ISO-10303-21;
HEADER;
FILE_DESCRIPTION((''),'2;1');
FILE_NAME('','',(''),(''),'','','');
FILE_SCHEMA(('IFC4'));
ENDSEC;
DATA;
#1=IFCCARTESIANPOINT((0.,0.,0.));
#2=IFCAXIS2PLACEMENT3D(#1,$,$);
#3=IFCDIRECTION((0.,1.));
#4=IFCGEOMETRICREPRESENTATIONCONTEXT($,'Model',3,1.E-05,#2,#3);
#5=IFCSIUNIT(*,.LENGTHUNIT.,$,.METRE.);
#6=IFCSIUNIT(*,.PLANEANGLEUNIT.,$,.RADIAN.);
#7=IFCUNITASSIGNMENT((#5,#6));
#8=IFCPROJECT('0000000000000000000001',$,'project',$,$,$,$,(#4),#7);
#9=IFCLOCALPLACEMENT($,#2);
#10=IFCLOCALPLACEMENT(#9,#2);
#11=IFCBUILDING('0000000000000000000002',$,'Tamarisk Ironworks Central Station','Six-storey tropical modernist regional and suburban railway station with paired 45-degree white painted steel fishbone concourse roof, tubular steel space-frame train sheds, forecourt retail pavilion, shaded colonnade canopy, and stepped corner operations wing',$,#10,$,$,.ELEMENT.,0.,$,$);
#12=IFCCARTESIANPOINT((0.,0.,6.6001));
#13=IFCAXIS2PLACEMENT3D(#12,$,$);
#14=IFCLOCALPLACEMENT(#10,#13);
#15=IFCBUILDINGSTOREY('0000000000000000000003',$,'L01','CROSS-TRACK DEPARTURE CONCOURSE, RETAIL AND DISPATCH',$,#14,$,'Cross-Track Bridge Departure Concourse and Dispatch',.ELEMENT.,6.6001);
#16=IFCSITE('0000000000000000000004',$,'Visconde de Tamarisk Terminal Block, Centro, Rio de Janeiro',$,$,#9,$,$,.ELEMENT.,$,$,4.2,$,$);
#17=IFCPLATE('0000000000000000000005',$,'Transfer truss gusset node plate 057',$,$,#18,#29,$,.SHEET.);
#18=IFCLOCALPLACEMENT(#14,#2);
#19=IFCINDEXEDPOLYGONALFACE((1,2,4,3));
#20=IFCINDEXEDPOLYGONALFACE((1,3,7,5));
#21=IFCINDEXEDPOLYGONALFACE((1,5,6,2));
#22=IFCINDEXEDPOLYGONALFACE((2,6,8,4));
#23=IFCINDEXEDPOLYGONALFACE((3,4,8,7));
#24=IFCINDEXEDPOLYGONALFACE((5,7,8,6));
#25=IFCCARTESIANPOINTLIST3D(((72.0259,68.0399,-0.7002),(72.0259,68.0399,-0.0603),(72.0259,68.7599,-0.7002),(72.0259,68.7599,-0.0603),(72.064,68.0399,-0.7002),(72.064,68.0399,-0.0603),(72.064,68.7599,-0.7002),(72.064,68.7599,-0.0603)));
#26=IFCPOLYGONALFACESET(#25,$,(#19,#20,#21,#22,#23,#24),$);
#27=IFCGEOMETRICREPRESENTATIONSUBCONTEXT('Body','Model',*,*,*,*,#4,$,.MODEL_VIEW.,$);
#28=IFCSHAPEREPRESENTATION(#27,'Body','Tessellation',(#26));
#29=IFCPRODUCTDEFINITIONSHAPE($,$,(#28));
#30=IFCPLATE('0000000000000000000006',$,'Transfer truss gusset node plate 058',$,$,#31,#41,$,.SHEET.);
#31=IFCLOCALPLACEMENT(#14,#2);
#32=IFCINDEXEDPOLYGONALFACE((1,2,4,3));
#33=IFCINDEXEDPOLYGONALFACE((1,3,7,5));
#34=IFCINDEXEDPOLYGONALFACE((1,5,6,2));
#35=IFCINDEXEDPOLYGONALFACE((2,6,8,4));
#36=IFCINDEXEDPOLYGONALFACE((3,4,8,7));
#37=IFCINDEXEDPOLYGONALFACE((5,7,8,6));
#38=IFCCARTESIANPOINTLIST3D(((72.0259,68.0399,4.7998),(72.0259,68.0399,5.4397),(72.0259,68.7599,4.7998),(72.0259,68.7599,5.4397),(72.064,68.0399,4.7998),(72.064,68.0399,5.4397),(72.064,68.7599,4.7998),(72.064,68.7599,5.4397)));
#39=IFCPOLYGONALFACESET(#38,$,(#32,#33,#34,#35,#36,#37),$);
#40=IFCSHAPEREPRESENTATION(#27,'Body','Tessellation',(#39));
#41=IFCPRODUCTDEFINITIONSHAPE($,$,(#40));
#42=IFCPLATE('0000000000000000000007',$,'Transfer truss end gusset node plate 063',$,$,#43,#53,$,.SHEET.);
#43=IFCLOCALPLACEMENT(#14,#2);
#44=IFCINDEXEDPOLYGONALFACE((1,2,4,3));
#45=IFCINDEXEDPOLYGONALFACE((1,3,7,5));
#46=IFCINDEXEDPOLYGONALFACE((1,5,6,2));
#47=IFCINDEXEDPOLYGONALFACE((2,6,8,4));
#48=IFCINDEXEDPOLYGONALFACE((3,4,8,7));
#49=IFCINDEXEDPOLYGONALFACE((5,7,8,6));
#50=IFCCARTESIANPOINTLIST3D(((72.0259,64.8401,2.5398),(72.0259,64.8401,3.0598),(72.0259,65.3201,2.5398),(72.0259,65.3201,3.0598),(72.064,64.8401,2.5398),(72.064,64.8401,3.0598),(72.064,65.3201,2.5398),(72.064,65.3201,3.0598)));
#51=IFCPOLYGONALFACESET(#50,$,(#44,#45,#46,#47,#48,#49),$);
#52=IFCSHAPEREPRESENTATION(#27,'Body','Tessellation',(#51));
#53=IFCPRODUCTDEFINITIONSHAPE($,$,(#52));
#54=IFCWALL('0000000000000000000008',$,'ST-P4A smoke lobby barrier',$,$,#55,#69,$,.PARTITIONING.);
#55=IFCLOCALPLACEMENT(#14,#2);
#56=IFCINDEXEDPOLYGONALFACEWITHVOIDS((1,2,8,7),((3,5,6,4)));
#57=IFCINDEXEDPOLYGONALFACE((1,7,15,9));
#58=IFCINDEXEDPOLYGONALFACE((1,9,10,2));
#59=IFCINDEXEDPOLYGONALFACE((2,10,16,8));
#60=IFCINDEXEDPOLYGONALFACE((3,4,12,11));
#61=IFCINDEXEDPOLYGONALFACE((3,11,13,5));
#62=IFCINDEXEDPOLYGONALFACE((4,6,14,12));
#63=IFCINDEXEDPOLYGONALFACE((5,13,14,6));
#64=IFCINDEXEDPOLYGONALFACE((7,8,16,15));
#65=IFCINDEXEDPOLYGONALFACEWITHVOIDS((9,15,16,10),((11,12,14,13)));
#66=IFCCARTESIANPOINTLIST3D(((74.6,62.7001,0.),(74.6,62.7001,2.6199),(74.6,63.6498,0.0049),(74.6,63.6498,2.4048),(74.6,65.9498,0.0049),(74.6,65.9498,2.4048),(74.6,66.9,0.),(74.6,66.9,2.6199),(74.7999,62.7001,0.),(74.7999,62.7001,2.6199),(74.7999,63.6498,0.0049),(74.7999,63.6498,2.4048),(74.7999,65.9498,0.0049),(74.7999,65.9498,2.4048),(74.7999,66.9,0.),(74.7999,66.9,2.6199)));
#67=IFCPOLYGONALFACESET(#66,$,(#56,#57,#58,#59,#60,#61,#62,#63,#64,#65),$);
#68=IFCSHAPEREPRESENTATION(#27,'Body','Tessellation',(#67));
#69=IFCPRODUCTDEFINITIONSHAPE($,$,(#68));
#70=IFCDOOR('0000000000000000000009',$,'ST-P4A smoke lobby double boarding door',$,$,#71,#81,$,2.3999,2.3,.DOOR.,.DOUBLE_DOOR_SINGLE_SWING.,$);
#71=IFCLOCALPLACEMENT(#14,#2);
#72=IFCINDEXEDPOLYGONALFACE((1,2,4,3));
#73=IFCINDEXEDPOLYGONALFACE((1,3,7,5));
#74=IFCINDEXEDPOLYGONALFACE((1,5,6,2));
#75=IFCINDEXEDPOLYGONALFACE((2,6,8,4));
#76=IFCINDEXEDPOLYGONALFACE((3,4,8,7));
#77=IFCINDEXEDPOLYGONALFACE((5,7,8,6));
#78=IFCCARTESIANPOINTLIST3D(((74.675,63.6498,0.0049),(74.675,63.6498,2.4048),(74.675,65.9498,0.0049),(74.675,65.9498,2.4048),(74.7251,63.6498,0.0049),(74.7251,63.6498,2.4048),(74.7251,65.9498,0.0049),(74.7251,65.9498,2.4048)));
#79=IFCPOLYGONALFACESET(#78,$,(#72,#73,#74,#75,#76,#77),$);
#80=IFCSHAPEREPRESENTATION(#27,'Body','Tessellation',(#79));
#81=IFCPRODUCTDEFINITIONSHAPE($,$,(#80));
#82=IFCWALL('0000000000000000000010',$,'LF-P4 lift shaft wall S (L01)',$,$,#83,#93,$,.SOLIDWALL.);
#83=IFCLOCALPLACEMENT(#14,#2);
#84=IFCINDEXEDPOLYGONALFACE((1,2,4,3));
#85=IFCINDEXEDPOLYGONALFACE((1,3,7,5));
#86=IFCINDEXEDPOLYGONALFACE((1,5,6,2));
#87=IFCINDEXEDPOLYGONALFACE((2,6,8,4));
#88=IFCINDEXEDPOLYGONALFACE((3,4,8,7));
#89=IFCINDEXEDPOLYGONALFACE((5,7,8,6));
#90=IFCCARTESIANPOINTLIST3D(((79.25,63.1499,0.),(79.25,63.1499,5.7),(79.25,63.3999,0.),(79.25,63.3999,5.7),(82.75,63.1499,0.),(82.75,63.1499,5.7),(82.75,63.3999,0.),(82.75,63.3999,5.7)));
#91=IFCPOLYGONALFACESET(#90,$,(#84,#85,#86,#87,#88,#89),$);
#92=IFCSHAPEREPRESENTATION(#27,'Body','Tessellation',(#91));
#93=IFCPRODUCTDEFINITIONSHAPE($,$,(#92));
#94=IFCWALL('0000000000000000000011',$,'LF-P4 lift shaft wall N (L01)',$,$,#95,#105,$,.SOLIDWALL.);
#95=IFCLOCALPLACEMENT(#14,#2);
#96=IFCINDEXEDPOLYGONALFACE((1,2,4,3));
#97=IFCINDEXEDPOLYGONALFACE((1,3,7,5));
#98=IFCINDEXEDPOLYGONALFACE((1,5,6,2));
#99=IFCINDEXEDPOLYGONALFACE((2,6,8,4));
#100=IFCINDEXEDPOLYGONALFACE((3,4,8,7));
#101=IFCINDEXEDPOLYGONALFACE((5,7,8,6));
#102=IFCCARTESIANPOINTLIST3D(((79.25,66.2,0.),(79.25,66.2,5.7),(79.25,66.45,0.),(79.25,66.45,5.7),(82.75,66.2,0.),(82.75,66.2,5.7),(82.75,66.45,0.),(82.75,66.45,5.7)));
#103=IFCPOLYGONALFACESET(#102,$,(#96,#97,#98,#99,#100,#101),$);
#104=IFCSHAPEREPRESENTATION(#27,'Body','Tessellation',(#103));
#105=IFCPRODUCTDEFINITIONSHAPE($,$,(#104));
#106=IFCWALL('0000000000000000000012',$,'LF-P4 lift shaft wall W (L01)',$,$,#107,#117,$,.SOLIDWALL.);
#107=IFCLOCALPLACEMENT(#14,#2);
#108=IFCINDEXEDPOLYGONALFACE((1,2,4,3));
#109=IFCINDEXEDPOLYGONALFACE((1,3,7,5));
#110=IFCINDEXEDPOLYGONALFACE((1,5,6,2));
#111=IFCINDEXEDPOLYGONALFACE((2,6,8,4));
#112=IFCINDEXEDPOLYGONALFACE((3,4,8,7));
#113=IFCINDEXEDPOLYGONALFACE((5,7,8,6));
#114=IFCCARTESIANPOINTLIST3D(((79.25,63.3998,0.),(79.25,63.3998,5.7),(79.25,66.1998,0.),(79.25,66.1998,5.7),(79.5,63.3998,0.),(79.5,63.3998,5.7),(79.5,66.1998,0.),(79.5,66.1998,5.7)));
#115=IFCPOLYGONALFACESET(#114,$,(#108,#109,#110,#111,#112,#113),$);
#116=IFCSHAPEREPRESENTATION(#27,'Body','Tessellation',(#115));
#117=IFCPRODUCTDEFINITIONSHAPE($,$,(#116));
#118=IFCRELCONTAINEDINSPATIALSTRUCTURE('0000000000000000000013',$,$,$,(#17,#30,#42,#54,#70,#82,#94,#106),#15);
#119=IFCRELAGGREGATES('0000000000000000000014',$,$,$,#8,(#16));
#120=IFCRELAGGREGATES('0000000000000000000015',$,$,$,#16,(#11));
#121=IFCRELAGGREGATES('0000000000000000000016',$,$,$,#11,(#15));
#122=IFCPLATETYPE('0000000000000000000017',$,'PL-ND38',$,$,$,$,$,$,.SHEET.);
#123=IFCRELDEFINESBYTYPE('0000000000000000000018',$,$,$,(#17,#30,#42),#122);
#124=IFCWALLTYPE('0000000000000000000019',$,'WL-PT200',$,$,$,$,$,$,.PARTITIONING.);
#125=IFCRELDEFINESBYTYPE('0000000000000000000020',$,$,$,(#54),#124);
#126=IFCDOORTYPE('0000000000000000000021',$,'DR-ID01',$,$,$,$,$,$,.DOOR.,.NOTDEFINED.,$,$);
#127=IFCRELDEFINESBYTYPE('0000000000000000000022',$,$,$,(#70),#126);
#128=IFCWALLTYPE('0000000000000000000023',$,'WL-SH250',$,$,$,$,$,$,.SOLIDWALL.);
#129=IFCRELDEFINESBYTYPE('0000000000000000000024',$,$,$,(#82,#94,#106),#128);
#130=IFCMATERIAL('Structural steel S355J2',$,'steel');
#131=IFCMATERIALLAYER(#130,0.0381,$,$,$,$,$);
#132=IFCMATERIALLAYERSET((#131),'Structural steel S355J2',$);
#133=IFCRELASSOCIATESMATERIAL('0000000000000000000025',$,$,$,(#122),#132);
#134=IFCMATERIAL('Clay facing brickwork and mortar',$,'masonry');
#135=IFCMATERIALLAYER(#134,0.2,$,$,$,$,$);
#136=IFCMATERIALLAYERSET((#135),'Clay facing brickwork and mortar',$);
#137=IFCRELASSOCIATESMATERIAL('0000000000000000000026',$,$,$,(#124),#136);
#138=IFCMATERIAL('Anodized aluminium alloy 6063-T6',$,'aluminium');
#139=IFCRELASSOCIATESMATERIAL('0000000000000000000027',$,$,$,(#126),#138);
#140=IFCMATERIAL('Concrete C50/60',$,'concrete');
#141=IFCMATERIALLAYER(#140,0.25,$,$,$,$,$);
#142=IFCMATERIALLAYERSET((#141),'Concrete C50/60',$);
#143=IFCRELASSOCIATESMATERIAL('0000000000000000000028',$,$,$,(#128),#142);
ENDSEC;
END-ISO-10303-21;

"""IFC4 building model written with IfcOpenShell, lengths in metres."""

from ifc_helpers import new_model, si_unit, direction, frame, frame_2d, origin, origin_2d, place, context, subcontext, project, spatial, rectangle, extrude, material, layer, layer_set, type_object, element, fill, save


model = new_model("IFC4")

# Units and contexts
model_context = context("Model", 3, precision=1e-05, world=origin(), true_north=direction((0.0, 1.0)))
body_context = subcontext(model_context, "Body", "Model", "MODEL_VIEW")
ifc_project = project(units=[si_unit("LENGTHUNIT", "METRE"), si_unit("PLANEANGLEUNIT", "RADIAN")], contexts=[model_context])

# Site, building, storey
site_placement = place(None, origin())
site = spatial("IfcSite", under=ifc_project, at=site_placement, Name="Visconde de Tamarisk Terminal Block, Centro, Rio de Janeiro", CompositionType="ELEMENT", RefElevation=4.2)
building_placement = place(site_placement, origin())
building = spatial("IfcBuilding", under=site, at=building_placement, Name="Tamarisk Ironworks Central Station", Description="Six-storey tropical modernist regional and suburban railway station with paired 45-degree white painted steel fishbone concourse roof, tubular steel space-frame train sheds, forecourt retail pavilion, shaded colonnade canopy, and stepped corner operations wing", CompositionType="ELEMENT", ElevationOfRefHeight=0.0)
storey_placement = place(building_placement, frame((0.0, 0.0, 6.6001)))
storey = spatial("IfcBuildingStorey", under=building, at=storey_placement, Name="L01", Description="CROSS-TRACK DEPARTURE CONCOURSE, RETAIL AND DISPATCH", LongName="Cross-Track Bridge Departure Concourse and Dispatch", CompositionType="ELEMENT", Elevation=6.6001)

# Shared definitions
ifc_material_1 = material(Name="Structural steel S355J2", Category="steel")

# Plates
ifc_layer_1 = layer(ifc_material_1, 0.0381)
ifc_layer_set_1 = layer_set([ifc_layer_1], Name="Structural steel S355J2")
plate_type_1 = type_object("IfcPlateType", Name="PL-ND38", PredefinedType="SHEET", material=ifc_layer_set_1)
for number, where, z_axis, x_axis, name in (
    (1, (72.0449, 68.3999, -0.7002), (0.0, 0.0, 1.0), (1.0, 0.0, 0.0), "Transfer truss gusset node plate 057"),
    (2, (72.0449, 68.3999, 4.7998), (0.0, 0.0, 1.0), (1.0, 0.0, 0.0), "Transfer truss gusset node plate 058"),
):
    element("IfcPlate", number, at=place(storey_placement, frame(where, z_axis=z_axis, x_axis=x_axis)), inside=storey, type_object=plate_type_1, Name=name, PredefinedType="SHEET", context=body_context, shape_type="SweptSolid", body=[
        extrude(rectangle(XDim=0.0381, YDim=0.72, at=origin_2d()), origin(), (0.0, 0.0, 1.0), 0.6399),
    ])
plate_1_placement = place(storey_placement, frame((72.0449, 65.0801, 2.5398), z_axis=(0.0, 0.0, 1.0), x_axis=(1.0, 0.0, 0.0)))
element("IfcPlate", 3, at=plate_1_placement, inside=storey, type_object=plate_type_1, Name="Transfer truss end gusset node plate 063", PredefinedType="SHEET", context=body_context, shape_type="SweptSolid", body=[
    extrude(rectangle(XDim=0.0381, YDim=0.48, at=origin_2d()), origin(), (0.0, 0.0, 1.0), 0.52),
])

# Wall, opening, door
ifc_material_2 = material(Name="Clay facing brickwork and mortar", Category="masonry")
ifc_layer_2 = layer(ifc_material_2, 0.2)
ifc_layer_set_2 = layer_set([ifc_layer_2], Name="Clay facing brickwork and mortar")
wall_type_1 = type_object("IfcWallType", Name="WL-PT200", PredefinedType="PARTITIONING", material=ifc_layer_set_2)
wall_1_placement = place(storey_placement, frame((74.7, 62.7, 0.0), z_axis=(0.0, 0.0, 1.0), x_axis=(0.0, 1.0, 0.0)))
wall_1 = element("IfcWall", 4, at=wall_1_placement, inside=storey, type_object=wall_type_1, Name="ST-P4A smoke lobby barrier", PredefinedType="PARTITIONING", context=body_context, shape_type="SweptSolid", body=[
    extrude(rectangle(XDim=4.2, YDim=0.2, at=frame_2d((2.1001, 0.0))), origin(), (0.0, 0.0, 1.0), 2.6199),
])
opening_placement = place(wall_1_placement, frame((0.95, 0.0, 0.0049)))
opening = element("IfcOpeningElement", 5, at=opening_placement, cuts=wall_1, PredefinedType="OPENING", context=body_context, shape_type="SweptSolid", body=[
    extrude(rectangle(XDim=2.3, YDim=2.3999, at=frame_2d((1.1499, 1.2))), frame((0.0, 0.1118, 0.0), z_axis=(0.0, -1.0, 0.0), x_axis=(1.0, 0.0, 0.0)), (0.0, 0.0, 1.0), 0.2239),
])
ifc_material_3 = material(Name="Anodized aluminium alloy 6063-T6", Category="aluminium")
door_type = type_object("IfcDoorType", Name="DR-ID01", OperationType="NOTDEFINED", PredefinedType="DOOR", material=ifc_material_3)
door_placement = place(opening_placement, origin())
door = element("IfcDoor", 6, at=door_placement, inside=storey, type_object=door_type, Name="ST-P4A smoke lobby double boarding door", OperationType="DOUBLE_DOOR_SINGLE_SWING", OverallHeight=2.3999, OverallWidth=2.3, PredefinedType="DOOR", context=body_context, shape_type="SweptSolid", body=[
    extrude(rectangle(XDim=2.3, YDim=2.3999, at=frame_2d((1.1499, 1.2))), frame((0.0, 0.0249, 0.0), z_axis=(0.0, -1.0, 0.0), x_axis=(1.0, 0.0, 0.0)), (0.0, 0.0, 1.0), 0.05),
])
fill(opening, door)

# Walls
ifc_material_4 = material(Name="Concrete C50/60", Category="concrete")
ifc_layer_3 = layer(ifc_material_4, 0.25)
ifc_layer_set_3 = layer_set([ifc_layer_3], Name="Concrete C50/60")
wall_type_2 = type_object("IfcWallType", Name="WL-SH250", PredefinedType="SOLIDWALL", material=ifc_layer_set_3)
for number, where, z_axis, x_axis, name in (
    (7, (79.25, 63.2749, 0.0), (0.0, 0.0, 1.0), (1.0, 0.0, 0.0), "LF-P4 lift shaft wall S (L01)"),
    (8, (79.25, 66.325, 0.0), (0.0, 0.0, 1.0), (1.0, 0.0, 0.0), "LF-P4 lift shaft wall N (L01)"),
):
    element("IfcWall", number, at=place(storey_placement, frame(where, z_axis=z_axis, x_axis=x_axis)), inside=storey, type_object=wall_type_2, Name=name, PredefinedType="SOLIDWALL", context=body_context, shape_type="SweptSolid", body=[
        extrude(rectangle(XDim=3.5, YDim=0.25, at=frame_2d((1.75, 0.0))), origin(), (0.0, 0.0, 1.0), 5.7),
    ])
wall_2_placement = place(storey_placement, frame((79.375, 63.3999, 0.0), z_axis=(0.0, 0.0, 1.0), x_axis=(0.0, 1.0, 0.0)))
element("IfcWall", 9, at=wall_2_placement, inside=storey, type_object=wall_type_2, Name="LF-P4 lift shaft wall W (L01)", PredefinedType="SOLIDWALL", context=body_context, shape_type="SweptSolid", body=[
    extrude(rectangle(XDim=2.8, YDim=0.25, at=frame_2d((1.3999, 0.0))), origin(), (0.0, 0.0, 1.0), 5.7),
])

save(model, "model.ifc")
